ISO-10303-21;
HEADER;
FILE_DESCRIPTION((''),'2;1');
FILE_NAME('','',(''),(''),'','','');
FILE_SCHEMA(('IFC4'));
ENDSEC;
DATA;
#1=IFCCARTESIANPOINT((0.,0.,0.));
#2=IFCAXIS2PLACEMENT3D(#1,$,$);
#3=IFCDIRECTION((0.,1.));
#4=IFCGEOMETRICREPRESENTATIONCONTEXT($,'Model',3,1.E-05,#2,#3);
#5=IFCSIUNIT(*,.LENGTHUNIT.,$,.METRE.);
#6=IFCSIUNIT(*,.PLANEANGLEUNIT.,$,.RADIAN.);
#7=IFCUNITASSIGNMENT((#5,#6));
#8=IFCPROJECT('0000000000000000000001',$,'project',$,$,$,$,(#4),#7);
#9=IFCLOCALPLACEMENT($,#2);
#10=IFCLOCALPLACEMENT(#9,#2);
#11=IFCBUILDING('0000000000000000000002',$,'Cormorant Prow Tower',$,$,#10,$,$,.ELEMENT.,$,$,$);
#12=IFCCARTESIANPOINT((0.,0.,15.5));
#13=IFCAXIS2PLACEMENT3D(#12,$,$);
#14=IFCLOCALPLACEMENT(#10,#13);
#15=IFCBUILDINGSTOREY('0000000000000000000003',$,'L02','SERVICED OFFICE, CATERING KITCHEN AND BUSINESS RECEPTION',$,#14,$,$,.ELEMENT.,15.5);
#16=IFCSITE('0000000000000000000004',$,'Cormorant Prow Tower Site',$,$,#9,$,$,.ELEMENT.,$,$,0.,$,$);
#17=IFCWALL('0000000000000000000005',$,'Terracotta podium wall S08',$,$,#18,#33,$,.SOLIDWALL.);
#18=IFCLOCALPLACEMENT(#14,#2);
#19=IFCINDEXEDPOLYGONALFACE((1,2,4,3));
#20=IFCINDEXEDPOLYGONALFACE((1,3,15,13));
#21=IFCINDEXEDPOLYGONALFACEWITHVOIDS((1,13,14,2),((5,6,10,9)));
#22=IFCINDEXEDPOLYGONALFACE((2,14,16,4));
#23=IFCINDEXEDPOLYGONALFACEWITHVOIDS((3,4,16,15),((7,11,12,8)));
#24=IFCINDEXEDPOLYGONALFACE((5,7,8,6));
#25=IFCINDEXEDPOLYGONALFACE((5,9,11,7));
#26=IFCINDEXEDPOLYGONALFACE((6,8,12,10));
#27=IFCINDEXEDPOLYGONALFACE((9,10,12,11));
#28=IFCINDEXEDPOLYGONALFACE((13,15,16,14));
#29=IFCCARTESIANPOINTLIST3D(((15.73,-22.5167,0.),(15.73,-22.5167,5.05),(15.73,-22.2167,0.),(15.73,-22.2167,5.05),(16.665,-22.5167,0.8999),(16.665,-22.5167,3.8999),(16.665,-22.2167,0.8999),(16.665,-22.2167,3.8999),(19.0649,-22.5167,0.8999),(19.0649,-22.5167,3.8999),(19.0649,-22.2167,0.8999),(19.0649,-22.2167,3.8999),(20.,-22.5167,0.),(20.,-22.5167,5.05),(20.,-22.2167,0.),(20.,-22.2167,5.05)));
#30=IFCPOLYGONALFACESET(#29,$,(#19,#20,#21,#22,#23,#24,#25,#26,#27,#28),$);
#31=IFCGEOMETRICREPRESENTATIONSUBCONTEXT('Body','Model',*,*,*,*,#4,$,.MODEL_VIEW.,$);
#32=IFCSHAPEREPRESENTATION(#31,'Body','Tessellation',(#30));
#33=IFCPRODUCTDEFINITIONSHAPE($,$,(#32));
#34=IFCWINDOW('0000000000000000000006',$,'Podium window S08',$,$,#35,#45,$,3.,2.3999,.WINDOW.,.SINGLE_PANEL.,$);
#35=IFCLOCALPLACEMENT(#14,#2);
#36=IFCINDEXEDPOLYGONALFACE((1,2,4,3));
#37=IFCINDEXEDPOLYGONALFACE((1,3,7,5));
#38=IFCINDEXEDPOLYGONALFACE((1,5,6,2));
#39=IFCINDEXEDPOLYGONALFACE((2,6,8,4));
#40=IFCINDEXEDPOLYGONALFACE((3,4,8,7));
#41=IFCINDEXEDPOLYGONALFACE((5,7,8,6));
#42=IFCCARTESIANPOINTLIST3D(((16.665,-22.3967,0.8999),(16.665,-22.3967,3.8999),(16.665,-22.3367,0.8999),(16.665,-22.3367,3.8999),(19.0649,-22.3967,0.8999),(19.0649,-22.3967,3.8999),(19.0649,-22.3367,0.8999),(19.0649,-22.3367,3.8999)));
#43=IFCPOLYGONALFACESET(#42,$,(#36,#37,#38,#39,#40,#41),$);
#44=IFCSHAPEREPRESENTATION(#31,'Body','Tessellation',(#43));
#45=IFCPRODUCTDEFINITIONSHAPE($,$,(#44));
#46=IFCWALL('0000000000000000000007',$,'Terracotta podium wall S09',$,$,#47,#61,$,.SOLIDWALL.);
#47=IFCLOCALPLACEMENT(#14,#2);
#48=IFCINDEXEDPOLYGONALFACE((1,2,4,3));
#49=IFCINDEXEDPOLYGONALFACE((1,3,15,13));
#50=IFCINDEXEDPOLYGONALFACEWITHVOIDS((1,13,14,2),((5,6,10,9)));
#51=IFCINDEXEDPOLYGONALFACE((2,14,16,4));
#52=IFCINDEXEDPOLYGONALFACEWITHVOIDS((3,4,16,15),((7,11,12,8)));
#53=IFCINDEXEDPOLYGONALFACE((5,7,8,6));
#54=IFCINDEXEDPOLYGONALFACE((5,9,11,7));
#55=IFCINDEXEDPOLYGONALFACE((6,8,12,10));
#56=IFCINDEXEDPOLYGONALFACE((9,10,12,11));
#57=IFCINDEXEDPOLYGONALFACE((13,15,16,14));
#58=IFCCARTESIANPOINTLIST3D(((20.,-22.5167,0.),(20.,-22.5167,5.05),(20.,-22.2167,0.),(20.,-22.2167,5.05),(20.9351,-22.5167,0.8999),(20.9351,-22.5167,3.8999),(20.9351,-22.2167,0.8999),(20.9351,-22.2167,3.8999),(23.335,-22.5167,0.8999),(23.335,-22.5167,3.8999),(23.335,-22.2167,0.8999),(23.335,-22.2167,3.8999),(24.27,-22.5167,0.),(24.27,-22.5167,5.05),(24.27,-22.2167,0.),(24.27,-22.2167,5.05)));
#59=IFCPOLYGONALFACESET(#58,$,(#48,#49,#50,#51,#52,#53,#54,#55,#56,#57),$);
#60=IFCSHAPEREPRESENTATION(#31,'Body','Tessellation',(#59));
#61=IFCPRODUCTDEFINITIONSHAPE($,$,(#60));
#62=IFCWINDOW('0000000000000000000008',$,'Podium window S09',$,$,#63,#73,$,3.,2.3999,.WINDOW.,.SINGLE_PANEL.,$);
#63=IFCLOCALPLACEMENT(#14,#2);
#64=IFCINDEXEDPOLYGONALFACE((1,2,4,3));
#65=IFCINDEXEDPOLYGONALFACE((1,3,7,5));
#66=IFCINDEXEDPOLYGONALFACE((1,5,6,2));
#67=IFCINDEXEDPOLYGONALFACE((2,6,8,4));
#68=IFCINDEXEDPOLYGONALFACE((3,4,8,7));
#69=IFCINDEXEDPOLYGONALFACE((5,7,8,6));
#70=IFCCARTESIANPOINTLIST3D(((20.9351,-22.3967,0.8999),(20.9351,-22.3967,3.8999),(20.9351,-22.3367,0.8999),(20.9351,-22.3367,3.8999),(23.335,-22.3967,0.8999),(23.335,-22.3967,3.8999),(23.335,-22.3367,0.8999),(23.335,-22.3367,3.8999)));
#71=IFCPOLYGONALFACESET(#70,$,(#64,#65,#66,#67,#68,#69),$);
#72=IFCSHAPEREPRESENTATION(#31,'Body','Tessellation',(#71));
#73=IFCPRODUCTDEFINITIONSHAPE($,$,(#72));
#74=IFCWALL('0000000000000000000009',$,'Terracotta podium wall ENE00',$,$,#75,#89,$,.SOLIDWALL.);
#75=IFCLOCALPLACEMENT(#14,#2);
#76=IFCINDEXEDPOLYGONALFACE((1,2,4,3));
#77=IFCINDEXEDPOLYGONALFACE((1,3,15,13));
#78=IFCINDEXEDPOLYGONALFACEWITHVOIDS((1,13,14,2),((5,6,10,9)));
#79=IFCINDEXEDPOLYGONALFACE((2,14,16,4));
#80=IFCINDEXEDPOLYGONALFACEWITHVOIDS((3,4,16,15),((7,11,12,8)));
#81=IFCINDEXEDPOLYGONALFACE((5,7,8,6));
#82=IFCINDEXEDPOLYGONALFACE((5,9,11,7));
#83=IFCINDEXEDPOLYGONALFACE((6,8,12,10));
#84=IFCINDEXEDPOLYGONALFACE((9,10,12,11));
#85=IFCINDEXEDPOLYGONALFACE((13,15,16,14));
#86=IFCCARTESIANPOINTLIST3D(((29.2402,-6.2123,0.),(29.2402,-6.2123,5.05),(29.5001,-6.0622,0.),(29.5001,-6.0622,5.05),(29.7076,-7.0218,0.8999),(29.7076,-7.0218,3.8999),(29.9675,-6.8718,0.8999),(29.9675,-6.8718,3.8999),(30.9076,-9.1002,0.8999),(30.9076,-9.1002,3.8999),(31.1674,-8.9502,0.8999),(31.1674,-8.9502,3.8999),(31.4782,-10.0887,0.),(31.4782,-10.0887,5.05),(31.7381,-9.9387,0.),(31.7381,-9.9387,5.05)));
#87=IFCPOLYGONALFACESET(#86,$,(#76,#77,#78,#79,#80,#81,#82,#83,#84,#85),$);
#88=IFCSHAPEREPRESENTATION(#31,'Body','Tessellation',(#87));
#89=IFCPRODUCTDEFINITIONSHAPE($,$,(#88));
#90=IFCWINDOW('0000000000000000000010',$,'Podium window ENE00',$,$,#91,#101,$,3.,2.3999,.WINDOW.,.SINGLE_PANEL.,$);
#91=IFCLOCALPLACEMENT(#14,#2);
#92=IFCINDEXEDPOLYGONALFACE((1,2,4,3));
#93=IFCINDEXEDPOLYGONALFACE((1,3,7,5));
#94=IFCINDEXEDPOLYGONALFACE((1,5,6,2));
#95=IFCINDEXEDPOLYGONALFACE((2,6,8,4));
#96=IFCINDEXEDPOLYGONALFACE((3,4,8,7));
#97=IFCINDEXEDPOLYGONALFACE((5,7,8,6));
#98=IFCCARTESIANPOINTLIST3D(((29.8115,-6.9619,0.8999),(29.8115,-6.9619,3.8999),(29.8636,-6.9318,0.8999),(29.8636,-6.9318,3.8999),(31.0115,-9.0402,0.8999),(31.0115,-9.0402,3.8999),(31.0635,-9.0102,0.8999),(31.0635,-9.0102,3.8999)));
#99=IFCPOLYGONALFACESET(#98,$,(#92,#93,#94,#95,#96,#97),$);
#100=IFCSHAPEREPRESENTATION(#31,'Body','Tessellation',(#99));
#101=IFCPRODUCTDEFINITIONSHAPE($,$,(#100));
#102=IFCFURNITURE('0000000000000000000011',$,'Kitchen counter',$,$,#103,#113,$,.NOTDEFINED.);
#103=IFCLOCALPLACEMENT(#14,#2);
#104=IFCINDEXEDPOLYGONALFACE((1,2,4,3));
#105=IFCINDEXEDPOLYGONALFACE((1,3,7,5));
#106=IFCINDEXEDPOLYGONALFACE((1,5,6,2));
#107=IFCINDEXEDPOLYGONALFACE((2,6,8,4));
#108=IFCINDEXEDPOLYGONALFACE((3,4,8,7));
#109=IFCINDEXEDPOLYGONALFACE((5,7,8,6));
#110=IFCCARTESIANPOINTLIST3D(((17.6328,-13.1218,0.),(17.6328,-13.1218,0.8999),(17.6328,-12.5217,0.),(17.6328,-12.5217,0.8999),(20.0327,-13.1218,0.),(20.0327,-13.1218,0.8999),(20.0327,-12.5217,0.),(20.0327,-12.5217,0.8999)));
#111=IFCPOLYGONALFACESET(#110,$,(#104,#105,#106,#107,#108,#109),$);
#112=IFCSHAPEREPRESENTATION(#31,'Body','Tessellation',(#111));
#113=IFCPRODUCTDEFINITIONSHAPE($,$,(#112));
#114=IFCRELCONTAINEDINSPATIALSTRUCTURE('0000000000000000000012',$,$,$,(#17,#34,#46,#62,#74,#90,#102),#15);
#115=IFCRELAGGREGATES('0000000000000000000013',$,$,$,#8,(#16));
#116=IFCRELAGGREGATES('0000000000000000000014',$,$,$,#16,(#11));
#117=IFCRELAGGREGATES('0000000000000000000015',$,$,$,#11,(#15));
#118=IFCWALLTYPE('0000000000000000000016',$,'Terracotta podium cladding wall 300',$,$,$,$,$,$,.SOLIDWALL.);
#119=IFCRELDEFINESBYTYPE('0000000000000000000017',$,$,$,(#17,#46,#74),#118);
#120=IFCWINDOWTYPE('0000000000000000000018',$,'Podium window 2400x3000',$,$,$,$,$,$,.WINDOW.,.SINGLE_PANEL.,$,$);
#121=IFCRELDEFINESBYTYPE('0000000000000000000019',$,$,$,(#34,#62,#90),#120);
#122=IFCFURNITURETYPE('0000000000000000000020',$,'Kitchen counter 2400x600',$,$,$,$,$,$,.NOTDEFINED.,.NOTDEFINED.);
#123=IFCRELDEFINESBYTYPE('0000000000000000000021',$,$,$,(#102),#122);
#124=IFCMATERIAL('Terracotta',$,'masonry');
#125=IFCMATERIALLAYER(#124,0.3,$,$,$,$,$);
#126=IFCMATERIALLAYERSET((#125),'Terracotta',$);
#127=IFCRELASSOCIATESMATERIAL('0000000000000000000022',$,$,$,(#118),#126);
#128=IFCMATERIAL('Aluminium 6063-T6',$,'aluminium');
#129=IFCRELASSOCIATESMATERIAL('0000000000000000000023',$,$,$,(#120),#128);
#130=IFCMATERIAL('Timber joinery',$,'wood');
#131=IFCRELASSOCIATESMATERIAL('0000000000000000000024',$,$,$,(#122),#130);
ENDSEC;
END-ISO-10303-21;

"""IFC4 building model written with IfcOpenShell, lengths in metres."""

from ifc_helpers import new_model, si_unit, direction, frame, frame_2d, origin, origin_2d, place, context, subcontext, project, spatial, rectangle, extrude, material, layer, layer_set, type_object, element, fill, save


model = new_model("IFC4")

# Units and contexts
model_context = context("Model", 3, precision=1e-05, world=origin(), true_north=direction((0.0, 1.0)))
body_context = subcontext(model_context, "Body", "Model", "MODEL_VIEW")
ifc_project = project(units=[si_unit("LENGTHUNIT", "METRE"), si_unit("PLANEANGLEUNIT", "RADIAN")], contexts=[model_context])

# Site, building, storey
site_placement = place(None, origin())
site = spatial("IfcSite", under=ifc_project, at=site_placement, Name="Cormorant Prow Tower Site", CompositionType="ELEMENT", RefElevation=0.0)
building_placement = place(site_placement, origin())
building = spatial("IfcBuilding", under=site, at=building_placement, Name="Cormorant Prow Tower", CompositionType="ELEMENT")
storey_placement = place(building_placement, frame((0.0, 0.0, 15.5)))
storey = spatial("IfcBuildingStorey", under=building, at=storey_placement, Name="L02", Description="SERVICED OFFICE, CATERING KITCHEN AND BUSINESS RECEPTION", CompositionType="ELEMENT", Elevation=15.5)

# Walls, openings, windows
ifc_material_1 = material(Name="Terracotta", Category="masonry")
ifc_layer_1 = layer(ifc_material_1, 0.3)
ifc_layer_set_1 = layer_set([ifc_layer_1], Name="Terracotta")
wall_type_1 = type_object("IfcWallType", Name="Terracotta podium cladding wall 300", PredefinedType="SOLIDWALL", material=ifc_layer_set_1)
wall_1_placement = place(storey_placement, frame((15.73, -22.3667, 0.0), z_axis=(0.0, 0.0, 1.0), x_axis=(1.0, 0.0, 0.0)))
wall_1 = element("IfcWall", 1, at=wall_1_placement, inside=storey, type_object=wall_type_1, Name="Terracotta podium wall S08", PredefinedType="SOLIDWALL", context=body_context, shape_type="SweptSolid", body=[
    extrude(rectangle(XDim=4.27, YDim=0.3, at=frame_2d((2.135, 0.0))), origin(), (0.0, 0.0, 1.0), 5.05),
])
opening_1_placement = place(wall_1_placement, frame((0.9351, 0.0, 0.8999)))
opening_1 = element("IfcOpeningElement", 2, at=opening_1_placement, cuts=wall_1, PredefinedType="OPENING", context=body_context, shape_type="SweptSolid", body=[
    extrude(rectangle(XDim=2.3999, YDim=3.0, at=frame_2d((1.2, 1.5))), frame((0.0, 0.1599, 0.0), z_axis=(0.0, -1.0, 0.0), x_axis=(1.0, 0.0, 0.0)), (0.0, 0.0, 1.0), 0.3201),
])
ifc_material_2 = material(Name="Aluminium 6063-T6", Category="aluminium")
window_type = type_object("IfcWindowType", Name="Podium window 2400x3000", PartitioningType="SINGLE_PANEL", PredefinedType="WINDOW", material=ifc_material_2)
window_1_placement = place(opening_1_placement, origin())
window_1 = element("IfcWindow", 3, at=window_1_placement, inside=storey, type_object=window_type, Name="Podium window S08", OverallHeight=3.0, OverallWidth=2.3999, PartitioningType="SINGLE_PANEL", PredefinedType="WINDOW", context=body_context, shape_type="SweptSolid", body=[
    extrude(rectangle(XDim=2.3999, YDim=3.0, at=frame_2d((1.2, 1.5))), frame((0.0, 0.03, 0.0), z_axis=(0.0, -1.0, 0.0), x_axis=(1.0, 0.0, 0.0)), (0.0, 0.0, 1.0), 0.0601),
])
fill(opening_1, window_1)
wall_2_placement = place(storey_placement, frame((20.0, -22.3667, 0.0), z_axis=(0.0, 0.0, 1.0), x_axis=(1.0, 0.0, 0.0)))
wall_2 = element("IfcWall", 4, at=wall_2_placement, inside=storey, type_object=wall_type_1, Name="Terracotta podium wall S09", PredefinedType="SOLIDWALL", context=body_context, shape_type="SweptSolid", body=[
    extrude(rectangle(XDim=4.27, YDim=0.3, at=frame_2d((2.135, 0.0))), origin(), (0.0, 0.0, 1.0), 5.05),
])
opening_2_placement = place(wall_2_placement, frame((0.9351, 0.0, 0.8999)))
opening_2 = element("IfcOpeningElement", 5, at=opening_2_placement, cuts=wall_2, PredefinedType="OPENING", context=body_context, shape_type="SweptSolid", body=[
    extrude(rectangle(XDim=2.3999, YDim=3.0, at=frame_2d((1.2, 1.5))), frame((0.0, 0.1599, 0.0), z_axis=(0.0, -1.0, 0.0), x_axis=(1.0, 0.0, 0.0)), (0.0, 0.0, 1.0), 0.3201),
])
window_2_placement = place(opening_2_placement, origin())
window_2 = element("IfcWindow", 6, at=window_2_placement, inside=storey, type_object=window_type, Name="Podium window S09", OverallHeight=3.0, OverallWidth=2.3999, PartitioningType="SINGLE_PANEL", PredefinedType="WINDOW", context=body_context, shape_type="SweptSolid", body=[
    extrude(rectangle(XDim=2.3999, YDim=3.0, at=frame_2d((1.2, 1.5))), frame((0.0, 0.03, 0.0), z_axis=(0.0, -1.0, 0.0), x_axis=(1.0, 0.0, 0.0)), (0.0, 0.0, 1.0), 0.0601),
])
fill(opening_2, window_2)
wall_3_placement = place(storey_placement, frame((31.6082, -10.0137, 0.0), z_axis=(0.0, 0.0, 1.0), x_axis=(-0.499993, 0.866029, 0.0)))
wall_3 = element("IfcWall", 7, at=wall_3_placement, inside=storey, type_object=wall_type_1, Name="Terracotta podium wall ENE00", PredefinedType="SOLIDWALL", context=body_context, shape_type="SweptSolid", body=[
    extrude(rectangle(XDim=4.4761, YDim=0.3, at=frame_2d((2.238, 0.0))), origin(), (0.0, 0.0, 1.0), 5.05),
])
opening_3_placement = place(wall_3_placement, frame((1.1414, 0.0, 0.8999)))
opening_3 = element("IfcOpeningElement", 8, at=opening_3_placement, cuts=wall_3, PredefinedType="OPENING", context=body_context, shape_type="SweptSolid", body=[
    extrude(rectangle(XDim=2.3999, YDim=3.0, at=frame_2d((1.2, 1.5))), frame((0.0, 0.1599, 0.0), z_axis=(0.0, -1.0, 0.0), x_axis=(1.0, 0.0, 0.0)), (0.0, 0.0, 1.0), 0.3201),
])
window_3_placement = place(opening_3_placement, origin())
window_3 = element("IfcWindow", 9, at=window_3_placement, inside=storey, type_object=window_type, Name="Podium window ENE00", OverallHeight=3.0, OverallWidth=2.3999, PartitioningType="SINGLE_PANEL", PredefinedType="WINDOW", context=body_context, shape_type="SweptSolid", body=[
    extrude(rectangle(XDim=2.3999, YDim=3.0, at=frame_2d((1.2, 1.5))), frame((0.0, 0.03, 0.0), z_axis=(0.0, -1.0, 0.0), x_axis=(1.0, 0.0, 0.0)), (0.0, 0.0, 1.0), 0.0601),
])
fill(opening_3, window_3)

# Furniture
ifc_material_3 = material(Name="Timber joinery", Category="wood")
furniture_type = type_object("IfcFurnitureType", Name="Kitchen counter 2400x600", AssemblyPlace="NOTDEFINED", PredefinedType="NOTDEFINED", material=ifc_material_3)
furniture_placement = place(storey_placement, frame((18.8328, -12.8218, 0.0), z_axis=(0.0, 0.0, 1.0), x_axis=(1.0, 0.0, 0.0)))
element("IfcFurniture", 10, at=furniture_placement, inside=storey, type_object=furniture_type, Name="Kitchen counter", PredefinedType="NOTDEFINED", context=body_context, shape_type="SweptSolid", body=[
    extrude(rectangle(XDim=2.3999, YDim=0.6001, at=origin_2d()), origin(), (0.0, 0.0, 1.0), 0.8999),
])

save(model, "model.ifc")
